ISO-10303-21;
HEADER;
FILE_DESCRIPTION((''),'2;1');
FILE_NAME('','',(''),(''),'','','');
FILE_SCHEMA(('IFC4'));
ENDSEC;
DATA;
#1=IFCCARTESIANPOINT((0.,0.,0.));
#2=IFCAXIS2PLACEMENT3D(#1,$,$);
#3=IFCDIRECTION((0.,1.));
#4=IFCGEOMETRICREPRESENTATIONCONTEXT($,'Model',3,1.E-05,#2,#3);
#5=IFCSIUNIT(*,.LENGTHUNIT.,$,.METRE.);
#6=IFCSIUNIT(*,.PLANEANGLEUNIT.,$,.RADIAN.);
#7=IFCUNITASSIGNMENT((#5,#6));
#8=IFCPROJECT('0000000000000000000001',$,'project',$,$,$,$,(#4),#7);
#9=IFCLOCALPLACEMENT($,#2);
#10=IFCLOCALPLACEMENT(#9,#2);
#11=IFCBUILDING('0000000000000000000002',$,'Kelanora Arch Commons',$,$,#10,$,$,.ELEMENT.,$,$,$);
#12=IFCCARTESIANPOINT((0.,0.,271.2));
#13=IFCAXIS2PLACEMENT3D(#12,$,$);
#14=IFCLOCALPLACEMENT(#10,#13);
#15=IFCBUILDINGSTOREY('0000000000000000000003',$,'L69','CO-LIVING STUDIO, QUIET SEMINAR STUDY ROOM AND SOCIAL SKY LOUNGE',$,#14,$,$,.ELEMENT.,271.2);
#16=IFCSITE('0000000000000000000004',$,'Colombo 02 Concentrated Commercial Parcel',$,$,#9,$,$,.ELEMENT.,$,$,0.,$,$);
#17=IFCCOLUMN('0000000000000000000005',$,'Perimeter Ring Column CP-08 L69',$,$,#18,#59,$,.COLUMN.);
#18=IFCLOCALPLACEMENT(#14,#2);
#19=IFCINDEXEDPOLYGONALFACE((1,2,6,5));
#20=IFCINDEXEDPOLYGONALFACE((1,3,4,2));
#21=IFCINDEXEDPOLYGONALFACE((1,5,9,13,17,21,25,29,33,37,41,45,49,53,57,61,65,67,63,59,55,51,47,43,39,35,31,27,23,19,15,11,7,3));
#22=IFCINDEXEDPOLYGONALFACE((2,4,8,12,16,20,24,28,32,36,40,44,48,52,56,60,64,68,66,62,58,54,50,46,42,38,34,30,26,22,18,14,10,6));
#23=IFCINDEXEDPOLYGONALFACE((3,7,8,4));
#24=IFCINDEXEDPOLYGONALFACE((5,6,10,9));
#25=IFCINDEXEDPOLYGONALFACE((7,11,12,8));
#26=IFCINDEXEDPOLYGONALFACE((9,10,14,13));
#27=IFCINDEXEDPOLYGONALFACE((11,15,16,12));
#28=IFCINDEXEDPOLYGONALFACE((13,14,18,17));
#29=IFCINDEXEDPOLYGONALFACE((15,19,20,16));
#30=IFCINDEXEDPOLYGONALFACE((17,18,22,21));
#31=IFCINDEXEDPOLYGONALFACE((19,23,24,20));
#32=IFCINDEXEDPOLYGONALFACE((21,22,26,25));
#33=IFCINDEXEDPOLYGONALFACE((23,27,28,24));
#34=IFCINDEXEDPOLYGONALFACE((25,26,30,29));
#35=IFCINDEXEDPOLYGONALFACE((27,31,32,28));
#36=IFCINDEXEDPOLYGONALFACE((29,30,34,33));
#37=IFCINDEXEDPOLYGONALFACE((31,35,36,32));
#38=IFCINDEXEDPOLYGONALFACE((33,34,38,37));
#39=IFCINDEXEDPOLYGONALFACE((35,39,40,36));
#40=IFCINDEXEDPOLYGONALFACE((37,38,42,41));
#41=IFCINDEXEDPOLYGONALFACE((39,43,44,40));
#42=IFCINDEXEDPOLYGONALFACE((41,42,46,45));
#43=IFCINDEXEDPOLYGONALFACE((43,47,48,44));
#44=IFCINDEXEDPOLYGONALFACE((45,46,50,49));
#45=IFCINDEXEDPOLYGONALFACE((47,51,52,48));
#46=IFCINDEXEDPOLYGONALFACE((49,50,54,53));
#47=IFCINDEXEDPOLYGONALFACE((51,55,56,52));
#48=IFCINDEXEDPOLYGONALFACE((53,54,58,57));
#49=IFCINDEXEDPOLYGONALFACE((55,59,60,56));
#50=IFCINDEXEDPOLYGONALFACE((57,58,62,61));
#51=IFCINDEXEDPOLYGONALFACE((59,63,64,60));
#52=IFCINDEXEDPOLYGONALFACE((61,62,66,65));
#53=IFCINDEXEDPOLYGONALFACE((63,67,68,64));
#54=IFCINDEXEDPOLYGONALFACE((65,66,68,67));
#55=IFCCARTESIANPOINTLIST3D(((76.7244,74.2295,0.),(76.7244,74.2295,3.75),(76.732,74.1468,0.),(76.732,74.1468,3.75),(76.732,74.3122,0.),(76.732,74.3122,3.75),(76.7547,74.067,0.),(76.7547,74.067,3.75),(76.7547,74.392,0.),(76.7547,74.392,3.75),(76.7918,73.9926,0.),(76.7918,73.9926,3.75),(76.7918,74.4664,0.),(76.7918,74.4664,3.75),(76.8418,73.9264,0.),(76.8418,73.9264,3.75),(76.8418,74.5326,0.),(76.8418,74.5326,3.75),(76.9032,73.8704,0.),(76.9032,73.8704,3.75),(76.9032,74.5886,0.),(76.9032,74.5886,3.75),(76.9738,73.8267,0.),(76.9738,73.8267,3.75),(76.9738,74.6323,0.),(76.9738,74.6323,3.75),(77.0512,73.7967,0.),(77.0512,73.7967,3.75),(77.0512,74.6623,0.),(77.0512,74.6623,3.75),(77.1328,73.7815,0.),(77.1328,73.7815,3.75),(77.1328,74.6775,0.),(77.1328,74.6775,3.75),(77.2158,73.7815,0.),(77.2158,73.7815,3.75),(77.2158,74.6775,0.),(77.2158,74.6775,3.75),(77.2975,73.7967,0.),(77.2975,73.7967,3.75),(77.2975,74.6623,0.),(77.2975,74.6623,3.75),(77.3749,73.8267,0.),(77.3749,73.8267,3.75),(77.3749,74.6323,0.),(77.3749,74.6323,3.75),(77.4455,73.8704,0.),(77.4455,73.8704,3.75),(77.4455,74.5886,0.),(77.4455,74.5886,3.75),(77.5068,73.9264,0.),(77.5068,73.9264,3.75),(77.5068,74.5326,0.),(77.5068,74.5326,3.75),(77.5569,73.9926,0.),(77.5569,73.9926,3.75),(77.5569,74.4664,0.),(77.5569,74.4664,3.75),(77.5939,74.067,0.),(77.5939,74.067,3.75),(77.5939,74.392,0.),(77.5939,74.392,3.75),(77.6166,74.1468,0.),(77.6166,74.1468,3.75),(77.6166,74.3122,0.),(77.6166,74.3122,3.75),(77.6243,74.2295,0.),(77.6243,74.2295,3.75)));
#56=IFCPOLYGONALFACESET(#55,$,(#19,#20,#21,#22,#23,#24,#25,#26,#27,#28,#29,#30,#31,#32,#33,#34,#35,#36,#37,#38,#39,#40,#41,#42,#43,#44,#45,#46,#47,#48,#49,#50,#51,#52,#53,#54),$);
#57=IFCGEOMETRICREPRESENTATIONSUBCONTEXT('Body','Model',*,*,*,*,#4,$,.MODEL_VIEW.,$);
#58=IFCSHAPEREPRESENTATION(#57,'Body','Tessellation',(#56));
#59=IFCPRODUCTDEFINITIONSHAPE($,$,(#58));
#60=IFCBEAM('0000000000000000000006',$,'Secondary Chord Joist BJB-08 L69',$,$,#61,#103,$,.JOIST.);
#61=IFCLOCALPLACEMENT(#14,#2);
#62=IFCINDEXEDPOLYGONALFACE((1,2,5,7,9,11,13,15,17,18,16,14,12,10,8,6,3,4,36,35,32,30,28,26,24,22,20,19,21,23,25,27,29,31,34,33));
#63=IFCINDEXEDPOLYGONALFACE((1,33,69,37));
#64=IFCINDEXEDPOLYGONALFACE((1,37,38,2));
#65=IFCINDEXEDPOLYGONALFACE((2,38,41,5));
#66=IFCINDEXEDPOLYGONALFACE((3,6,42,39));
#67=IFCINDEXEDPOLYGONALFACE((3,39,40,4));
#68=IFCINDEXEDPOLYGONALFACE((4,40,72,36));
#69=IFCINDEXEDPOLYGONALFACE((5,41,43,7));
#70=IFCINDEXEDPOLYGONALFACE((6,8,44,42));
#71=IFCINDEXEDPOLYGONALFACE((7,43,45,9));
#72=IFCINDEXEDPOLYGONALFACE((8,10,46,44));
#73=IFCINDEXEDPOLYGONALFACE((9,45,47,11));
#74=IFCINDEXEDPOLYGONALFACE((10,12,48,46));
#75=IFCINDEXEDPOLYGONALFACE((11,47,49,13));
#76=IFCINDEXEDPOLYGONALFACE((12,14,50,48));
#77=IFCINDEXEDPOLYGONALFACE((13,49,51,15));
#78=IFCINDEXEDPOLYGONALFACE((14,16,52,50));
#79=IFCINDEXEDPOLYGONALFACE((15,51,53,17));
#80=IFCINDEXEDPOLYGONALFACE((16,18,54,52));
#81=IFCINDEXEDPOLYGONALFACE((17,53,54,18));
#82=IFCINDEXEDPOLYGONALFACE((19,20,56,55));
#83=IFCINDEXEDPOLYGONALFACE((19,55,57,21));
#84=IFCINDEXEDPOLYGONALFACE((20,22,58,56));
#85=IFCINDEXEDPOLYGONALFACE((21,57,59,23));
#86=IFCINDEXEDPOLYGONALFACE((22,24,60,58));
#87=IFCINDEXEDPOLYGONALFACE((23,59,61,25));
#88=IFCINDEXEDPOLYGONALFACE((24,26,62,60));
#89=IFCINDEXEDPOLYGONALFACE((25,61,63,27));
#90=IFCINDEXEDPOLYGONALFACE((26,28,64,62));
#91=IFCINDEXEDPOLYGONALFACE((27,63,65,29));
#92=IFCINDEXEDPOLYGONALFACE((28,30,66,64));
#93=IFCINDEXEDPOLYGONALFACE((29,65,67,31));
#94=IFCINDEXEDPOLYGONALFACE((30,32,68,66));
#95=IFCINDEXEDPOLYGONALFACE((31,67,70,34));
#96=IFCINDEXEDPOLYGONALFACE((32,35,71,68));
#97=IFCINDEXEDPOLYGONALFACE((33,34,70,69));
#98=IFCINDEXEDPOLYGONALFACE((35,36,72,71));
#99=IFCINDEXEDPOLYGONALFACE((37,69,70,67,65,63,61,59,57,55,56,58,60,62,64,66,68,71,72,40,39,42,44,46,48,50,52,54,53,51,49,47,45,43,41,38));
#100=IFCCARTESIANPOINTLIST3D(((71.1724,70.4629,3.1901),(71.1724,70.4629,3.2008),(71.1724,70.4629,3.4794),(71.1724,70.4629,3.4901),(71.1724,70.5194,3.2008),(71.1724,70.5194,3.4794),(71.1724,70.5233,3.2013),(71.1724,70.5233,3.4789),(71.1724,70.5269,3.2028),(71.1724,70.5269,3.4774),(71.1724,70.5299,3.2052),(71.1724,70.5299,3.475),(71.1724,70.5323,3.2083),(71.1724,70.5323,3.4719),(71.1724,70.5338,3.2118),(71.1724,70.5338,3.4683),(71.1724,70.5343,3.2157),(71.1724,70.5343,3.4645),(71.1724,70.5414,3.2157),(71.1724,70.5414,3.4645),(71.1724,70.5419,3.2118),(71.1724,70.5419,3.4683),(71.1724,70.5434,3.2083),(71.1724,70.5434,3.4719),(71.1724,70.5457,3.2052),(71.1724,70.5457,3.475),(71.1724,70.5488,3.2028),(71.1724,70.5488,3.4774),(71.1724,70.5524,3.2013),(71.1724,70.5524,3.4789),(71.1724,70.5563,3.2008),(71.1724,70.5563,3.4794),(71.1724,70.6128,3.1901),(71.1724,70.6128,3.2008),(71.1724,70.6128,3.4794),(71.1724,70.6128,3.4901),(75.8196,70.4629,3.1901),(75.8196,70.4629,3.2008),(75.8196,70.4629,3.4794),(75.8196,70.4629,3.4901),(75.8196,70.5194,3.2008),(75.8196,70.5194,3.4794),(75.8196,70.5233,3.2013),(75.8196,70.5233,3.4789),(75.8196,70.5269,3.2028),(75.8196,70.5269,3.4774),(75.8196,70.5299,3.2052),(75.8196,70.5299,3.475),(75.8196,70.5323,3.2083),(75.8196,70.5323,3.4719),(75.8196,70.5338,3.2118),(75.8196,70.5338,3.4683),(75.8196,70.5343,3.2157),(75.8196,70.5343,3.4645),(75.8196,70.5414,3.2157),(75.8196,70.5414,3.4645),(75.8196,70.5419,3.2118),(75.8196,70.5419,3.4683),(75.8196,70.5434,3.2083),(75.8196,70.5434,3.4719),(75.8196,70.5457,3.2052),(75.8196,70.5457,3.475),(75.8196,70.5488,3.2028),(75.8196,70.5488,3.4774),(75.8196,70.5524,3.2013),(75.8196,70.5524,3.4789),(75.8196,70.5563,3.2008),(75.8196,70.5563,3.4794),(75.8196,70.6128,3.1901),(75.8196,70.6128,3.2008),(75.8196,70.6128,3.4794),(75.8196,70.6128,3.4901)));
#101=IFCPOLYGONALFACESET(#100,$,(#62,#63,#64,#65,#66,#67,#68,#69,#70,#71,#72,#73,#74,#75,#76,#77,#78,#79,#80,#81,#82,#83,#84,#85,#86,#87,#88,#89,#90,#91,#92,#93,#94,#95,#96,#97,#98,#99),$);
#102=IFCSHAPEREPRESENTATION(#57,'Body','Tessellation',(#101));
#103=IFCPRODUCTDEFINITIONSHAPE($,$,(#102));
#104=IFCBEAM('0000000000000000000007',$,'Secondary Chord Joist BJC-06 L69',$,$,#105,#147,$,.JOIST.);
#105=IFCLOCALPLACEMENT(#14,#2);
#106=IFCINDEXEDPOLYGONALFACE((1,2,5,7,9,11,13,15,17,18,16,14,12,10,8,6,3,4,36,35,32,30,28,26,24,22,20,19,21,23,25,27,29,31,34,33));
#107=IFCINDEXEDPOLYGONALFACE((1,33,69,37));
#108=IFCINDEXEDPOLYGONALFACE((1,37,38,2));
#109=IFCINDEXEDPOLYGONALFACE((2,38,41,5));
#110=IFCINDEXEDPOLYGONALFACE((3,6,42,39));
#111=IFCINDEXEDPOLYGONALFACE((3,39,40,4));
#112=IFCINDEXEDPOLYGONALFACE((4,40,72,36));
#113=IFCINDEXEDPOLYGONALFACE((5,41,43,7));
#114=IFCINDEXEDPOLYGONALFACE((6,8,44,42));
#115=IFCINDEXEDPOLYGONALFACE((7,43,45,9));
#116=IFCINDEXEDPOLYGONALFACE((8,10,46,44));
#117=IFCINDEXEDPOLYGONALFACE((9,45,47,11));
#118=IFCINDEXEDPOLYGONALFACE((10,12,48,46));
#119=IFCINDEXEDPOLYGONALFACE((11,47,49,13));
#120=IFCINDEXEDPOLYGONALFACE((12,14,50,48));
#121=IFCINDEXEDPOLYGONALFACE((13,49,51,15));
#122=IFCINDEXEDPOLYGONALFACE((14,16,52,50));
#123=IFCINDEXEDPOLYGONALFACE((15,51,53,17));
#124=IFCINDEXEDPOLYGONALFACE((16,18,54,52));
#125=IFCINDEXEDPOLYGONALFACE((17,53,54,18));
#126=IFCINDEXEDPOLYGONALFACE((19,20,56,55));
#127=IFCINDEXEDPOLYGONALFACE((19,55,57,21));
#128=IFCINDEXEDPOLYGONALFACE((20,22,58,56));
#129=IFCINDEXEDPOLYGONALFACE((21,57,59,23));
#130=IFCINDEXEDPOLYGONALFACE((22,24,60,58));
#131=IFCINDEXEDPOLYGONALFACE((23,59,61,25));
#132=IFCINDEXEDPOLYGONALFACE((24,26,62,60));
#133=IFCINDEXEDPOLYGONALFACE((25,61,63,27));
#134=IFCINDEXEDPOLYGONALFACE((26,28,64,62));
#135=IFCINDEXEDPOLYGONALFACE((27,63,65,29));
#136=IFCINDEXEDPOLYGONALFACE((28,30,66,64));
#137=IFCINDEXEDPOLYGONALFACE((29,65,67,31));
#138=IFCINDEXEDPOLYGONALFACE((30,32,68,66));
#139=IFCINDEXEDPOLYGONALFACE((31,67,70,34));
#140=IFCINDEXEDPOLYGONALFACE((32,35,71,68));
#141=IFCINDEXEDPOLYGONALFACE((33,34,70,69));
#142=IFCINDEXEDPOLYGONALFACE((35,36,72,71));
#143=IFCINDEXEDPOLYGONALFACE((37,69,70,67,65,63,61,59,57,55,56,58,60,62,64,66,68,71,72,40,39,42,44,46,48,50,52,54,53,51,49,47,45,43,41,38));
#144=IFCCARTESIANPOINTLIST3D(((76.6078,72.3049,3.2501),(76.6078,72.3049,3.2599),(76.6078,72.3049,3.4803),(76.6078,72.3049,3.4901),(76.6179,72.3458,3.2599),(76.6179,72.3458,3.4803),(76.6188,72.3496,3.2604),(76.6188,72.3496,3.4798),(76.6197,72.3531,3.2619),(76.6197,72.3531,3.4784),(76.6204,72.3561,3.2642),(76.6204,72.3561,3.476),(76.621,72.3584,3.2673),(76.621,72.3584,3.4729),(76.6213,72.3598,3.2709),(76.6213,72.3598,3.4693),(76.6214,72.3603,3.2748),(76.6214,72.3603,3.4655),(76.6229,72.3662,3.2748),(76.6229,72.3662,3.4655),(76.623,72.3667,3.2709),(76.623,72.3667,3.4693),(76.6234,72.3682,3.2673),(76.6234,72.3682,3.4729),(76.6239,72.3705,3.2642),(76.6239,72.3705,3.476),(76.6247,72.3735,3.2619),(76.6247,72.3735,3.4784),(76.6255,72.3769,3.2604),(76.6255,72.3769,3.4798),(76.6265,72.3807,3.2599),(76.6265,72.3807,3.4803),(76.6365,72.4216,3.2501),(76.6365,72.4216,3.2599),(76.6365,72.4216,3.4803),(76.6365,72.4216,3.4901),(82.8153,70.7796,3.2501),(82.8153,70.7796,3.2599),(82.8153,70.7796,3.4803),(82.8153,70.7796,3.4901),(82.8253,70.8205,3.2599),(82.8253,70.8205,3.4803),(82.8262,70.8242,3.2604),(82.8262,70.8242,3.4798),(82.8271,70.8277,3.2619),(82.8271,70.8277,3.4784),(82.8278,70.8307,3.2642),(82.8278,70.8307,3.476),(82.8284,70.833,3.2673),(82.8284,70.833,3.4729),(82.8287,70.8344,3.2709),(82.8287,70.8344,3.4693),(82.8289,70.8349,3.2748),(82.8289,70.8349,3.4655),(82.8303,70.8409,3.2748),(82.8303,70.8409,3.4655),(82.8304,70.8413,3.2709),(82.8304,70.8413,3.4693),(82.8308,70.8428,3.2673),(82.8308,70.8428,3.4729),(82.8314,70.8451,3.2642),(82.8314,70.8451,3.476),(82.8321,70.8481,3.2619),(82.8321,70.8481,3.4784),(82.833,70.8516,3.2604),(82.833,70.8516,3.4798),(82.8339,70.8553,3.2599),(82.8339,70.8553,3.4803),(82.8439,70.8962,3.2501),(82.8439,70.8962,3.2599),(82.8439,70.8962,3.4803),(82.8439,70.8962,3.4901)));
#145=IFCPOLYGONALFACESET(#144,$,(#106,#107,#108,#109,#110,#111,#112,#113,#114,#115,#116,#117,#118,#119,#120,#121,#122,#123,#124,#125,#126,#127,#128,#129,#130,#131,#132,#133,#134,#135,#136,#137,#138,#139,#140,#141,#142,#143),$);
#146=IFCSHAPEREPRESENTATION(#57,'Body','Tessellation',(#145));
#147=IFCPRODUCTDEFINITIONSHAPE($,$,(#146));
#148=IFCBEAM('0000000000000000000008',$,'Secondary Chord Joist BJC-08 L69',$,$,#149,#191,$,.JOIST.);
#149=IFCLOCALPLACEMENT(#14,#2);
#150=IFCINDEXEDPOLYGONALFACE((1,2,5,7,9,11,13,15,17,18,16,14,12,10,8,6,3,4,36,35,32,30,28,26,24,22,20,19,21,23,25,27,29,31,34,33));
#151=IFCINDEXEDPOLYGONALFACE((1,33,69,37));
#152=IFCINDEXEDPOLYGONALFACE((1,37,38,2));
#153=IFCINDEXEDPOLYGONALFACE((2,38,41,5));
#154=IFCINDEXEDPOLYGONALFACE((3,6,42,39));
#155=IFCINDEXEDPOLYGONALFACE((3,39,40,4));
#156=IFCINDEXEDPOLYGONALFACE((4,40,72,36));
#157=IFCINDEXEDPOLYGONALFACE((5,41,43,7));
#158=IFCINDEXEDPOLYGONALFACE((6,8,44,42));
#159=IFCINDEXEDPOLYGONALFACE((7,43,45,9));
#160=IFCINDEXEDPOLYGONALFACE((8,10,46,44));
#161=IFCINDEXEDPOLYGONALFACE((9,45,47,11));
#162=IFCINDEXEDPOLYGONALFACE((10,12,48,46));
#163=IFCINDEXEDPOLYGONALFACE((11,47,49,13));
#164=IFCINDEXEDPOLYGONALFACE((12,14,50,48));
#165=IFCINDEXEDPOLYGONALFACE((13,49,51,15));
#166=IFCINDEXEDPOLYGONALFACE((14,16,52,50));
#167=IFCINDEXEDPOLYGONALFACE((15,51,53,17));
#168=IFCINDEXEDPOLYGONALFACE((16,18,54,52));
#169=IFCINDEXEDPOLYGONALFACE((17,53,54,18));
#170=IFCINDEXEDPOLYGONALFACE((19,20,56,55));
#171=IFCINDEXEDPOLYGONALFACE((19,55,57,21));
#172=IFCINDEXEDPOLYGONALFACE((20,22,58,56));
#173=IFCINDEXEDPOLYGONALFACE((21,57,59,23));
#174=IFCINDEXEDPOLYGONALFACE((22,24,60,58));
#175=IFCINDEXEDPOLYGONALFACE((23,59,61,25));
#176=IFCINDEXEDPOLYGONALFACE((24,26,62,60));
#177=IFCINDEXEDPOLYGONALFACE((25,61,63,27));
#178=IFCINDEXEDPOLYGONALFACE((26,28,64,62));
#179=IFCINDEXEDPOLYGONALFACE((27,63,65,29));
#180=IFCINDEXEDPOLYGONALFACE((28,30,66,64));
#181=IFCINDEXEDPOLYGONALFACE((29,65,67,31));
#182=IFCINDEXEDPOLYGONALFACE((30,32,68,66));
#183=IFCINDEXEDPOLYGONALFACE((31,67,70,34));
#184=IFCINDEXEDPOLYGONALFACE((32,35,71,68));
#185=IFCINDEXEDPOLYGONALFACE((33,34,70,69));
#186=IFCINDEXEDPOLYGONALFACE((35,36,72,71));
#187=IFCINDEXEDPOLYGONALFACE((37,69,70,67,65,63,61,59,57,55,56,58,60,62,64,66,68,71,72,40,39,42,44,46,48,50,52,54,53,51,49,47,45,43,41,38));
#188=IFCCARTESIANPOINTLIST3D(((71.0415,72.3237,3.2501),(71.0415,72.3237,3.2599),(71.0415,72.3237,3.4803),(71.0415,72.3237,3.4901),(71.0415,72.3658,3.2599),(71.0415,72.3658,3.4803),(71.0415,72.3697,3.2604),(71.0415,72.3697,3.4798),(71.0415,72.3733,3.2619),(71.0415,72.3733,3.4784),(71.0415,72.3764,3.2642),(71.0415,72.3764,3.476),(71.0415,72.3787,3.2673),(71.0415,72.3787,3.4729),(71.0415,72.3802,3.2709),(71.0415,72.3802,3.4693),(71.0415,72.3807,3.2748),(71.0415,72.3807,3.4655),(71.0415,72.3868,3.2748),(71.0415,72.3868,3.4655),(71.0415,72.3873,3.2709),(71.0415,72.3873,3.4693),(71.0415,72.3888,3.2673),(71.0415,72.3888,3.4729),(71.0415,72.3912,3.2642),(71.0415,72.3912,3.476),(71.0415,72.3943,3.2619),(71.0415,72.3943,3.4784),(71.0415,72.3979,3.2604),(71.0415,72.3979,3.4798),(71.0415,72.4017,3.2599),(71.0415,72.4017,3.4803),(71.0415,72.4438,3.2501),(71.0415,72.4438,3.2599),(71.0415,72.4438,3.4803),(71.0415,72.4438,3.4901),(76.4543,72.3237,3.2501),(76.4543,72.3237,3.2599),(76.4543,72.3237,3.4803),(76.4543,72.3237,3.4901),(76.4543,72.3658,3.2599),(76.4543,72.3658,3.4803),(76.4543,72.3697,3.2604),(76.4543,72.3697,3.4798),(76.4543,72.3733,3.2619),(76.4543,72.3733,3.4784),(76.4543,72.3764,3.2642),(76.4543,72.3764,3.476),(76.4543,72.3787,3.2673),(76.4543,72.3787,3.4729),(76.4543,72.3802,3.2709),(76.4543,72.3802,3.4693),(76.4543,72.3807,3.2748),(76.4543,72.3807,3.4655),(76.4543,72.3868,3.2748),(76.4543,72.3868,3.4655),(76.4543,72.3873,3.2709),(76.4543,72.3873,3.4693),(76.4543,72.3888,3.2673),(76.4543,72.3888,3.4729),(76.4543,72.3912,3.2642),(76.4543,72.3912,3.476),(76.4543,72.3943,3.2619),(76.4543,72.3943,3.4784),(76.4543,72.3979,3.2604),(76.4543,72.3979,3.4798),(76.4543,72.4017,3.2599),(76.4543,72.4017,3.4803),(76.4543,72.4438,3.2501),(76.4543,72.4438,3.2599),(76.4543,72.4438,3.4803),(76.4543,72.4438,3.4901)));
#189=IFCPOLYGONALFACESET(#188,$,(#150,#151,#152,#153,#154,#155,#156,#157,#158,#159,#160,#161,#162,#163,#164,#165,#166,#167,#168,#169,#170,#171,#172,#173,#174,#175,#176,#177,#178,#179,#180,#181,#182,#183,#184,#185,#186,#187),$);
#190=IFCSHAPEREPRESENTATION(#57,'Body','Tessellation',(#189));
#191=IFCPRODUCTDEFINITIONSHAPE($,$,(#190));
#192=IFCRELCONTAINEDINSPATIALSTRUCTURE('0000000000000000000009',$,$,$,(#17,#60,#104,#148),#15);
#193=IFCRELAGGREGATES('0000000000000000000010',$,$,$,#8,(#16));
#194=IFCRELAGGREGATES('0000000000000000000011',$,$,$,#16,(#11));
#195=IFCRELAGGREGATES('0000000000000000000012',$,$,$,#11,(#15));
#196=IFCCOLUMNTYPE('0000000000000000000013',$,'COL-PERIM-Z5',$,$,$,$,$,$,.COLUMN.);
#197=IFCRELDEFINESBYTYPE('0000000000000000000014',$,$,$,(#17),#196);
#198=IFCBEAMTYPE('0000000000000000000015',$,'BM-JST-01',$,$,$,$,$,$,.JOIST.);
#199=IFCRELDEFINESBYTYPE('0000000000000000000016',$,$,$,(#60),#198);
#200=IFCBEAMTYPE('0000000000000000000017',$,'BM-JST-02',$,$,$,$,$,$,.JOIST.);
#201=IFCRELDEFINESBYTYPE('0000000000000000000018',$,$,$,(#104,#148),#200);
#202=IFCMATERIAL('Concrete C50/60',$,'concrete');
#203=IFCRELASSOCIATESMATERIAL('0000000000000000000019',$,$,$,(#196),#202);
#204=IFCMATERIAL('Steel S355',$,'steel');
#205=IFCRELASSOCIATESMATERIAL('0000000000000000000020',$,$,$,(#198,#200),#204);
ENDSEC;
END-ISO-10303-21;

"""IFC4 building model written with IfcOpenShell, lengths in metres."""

from ifc_helpers import new_model, si_unit, direction, frame, origin, origin_2d, place, context, subcontext, project, spatial, circle, i_section, extrude, material, material_profile, profile_set, type_object, element, save


model = new_model("IFC4")

# Units and contexts
model_context = context("Model", 3, precision=1e-05, world=origin(), true_north=direction((0.0, 1.0)))
body_context = subcontext(model_context, "Body", "Model", "MODEL_VIEW")
ifc_project = project(units=[si_unit("LENGTHUNIT", "METRE"), si_unit("PLANEANGLEUNIT", "RADIAN")], contexts=[model_context])

# Site, building, storey
site_placement = place(None, origin())
site = spatial("IfcSite", under=ifc_project, at=site_placement, Name="Colombo 02 Concentrated Commercial Parcel", CompositionType="ELEMENT", RefElevation=0.0)
building_placement = place(site_placement, origin())
building = spatial("IfcBuilding", under=site, at=building_placement, Name="Kelanora Arch Commons", CompositionType="ELEMENT")
storey_placement = place(building_placement, frame((0.0, 0.0, 271.2)))
storey = spatial("IfcBuildingStorey", under=building, at=storey_placement, Name="L69", Description="CO-LIVING STUDIO, QUIET SEMINAR STUDY ROOM AND SOCIAL SKY LOUNGE", CompositionType="ELEMENT", Elevation=271.2)

# Column
ifc_material_1 = material(Name="Concrete C50/60", Category="concrete")
ifc_material_profile_1 = material_profile(ifc_material_1, circle(Radius=0.45, at=origin_2d()), Name="RCC900")
ifc_profile_set_1 = profile_set([ifc_material_profile_1], Name="Concrete C50/60")
column_type = type_object("IfcColumnType", Name="COL-PERIM-Z5", PredefinedType="COLUMN", material=ifc_profile_set_1)
column_placement = place(storey_placement, frame((77.1743, 74.2295, 0.0), z_axis=(0.0, 0.0, 1.0), x_axis=(1.0, 0.0, 0.0)))
element("IfcColumn", 1, at=column_placement, inside=storey, type_object=column_type, Name="Perimeter Ring Column CP-08 L69", PredefinedType="COLUMN", context=body_context, shape_type="SweptSolid", body=[
    extrude(circle(Radius=0.45, at=origin_2d()), origin(), (0.0, 0.0, 1.0), 3.75),
])

# Beams
ifc_material_2 = material(Name="Steel S355", Category="steel")
ifc_material_profile_2 = material_profile(ifc_material_2, i_section(OverallWidth=0.1499, OverallDepth=0.3, WebThickness=0.0071, FlangeThickness=0.0107, FilletRadius=0.0149, at=origin_2d()), Name="IPE300")
ifc_profile_set_2 = profile_set([ifc_material_profile_2], Name="Steel S355")
beam_type_1 = type_object("IfcBeamType", Name="BM-JST-01", PredefinedType="JOIST", material=ifc_profile_set_2)
beam_1_placement = place(storey_placement, frame((75.8196, 70.5378, 3.3401), z_axis=(-1.0, 0.0, 0.0), x_axis=(0.0, -1.0, 0.0)))
element("IfcBeam", 2, at=beam_1_placement, inside=storey, type_object=beam_type_1, Name="Secondary Chord Joist BJB-08 L69", PredefinedType="JOIST", context=body_context, shape_type="SweptSolid", body=[
    extrude(i_section(OverallWidth=0.1499, OverallDepth=0.3, WebThickness=0.0071, FlangeThickness=0.0107, FilletRadius=0.0149, at=origin_2d()), origin(), (0.0, 0.0, 1.0), 4.6472),
])
ifc_material_profile_3 = material_profile(ifc_material_2, i_section(OverallWidth=0.1201, OverallDepth=0.24, WebThickness=0.0061, FlangeThickness=0.0098, FilletRadius=0.0149, at=origin_2d()), Name="IPE240")
ifc_profile_set_3 = profile_set([ifc_material_profile_3], Name="Steel S355")
beam_type_2 = type_object("IfcBeamType", Name="BM-JST-02", PredefinedType="JOIST", material=ifc_profile_set_3)
beam_2_placement = place(storey_placement, frame((82.8296, 70.8379, 3.3701), z_axis=(-0.97111, 0.238633, 0.0), x_axis=(-0.238633, -0.97111, 0.0)))
element("IfcBeam", 3, at=beam_2_placement, inside=storey, type_object=beam_type_2, Name="Secondary Chord Joist BJC-06 L69", PredefinedType="JOIST", context=body_context, shape_type="SweptSolid", body=[
    extrude(i_section(OverallWidth=0.1201, OverallDepth=0.24, WebThickness=0.0061, FlangeThickness=0.0098, FilletRadius=0.0149, at=origin_2d()), origin(), (0.0, 0.0, 1.0), 6.3921),
])
beam_3_placement = place(storey_placement, frame((76.4543, 72.3838, 3.3701), z_axis=(-1.0, 0.0, 0.0), x_axis=(0.0, -1.0, 0.0)))
element("IfcBeam", 4, at=beam_3_placement, inside=storey, type_object=beam_type_2, Name="Secondary Chord Joist BJC-08 L69", PredefinedType="JOIST", context=body_context, shape_type="SweptSolid", body=[
    extrude(i_section(OverallWidth=0.1201, OverallDepth=0.24, WebThickness=0.0061, FlangeThickness=0.0098, FilletRadius=0.0149, at=origin_2d()), origin(), (0.0, 0.0, 1.0), 5.4128),
])

save(model, "model.ifc")
